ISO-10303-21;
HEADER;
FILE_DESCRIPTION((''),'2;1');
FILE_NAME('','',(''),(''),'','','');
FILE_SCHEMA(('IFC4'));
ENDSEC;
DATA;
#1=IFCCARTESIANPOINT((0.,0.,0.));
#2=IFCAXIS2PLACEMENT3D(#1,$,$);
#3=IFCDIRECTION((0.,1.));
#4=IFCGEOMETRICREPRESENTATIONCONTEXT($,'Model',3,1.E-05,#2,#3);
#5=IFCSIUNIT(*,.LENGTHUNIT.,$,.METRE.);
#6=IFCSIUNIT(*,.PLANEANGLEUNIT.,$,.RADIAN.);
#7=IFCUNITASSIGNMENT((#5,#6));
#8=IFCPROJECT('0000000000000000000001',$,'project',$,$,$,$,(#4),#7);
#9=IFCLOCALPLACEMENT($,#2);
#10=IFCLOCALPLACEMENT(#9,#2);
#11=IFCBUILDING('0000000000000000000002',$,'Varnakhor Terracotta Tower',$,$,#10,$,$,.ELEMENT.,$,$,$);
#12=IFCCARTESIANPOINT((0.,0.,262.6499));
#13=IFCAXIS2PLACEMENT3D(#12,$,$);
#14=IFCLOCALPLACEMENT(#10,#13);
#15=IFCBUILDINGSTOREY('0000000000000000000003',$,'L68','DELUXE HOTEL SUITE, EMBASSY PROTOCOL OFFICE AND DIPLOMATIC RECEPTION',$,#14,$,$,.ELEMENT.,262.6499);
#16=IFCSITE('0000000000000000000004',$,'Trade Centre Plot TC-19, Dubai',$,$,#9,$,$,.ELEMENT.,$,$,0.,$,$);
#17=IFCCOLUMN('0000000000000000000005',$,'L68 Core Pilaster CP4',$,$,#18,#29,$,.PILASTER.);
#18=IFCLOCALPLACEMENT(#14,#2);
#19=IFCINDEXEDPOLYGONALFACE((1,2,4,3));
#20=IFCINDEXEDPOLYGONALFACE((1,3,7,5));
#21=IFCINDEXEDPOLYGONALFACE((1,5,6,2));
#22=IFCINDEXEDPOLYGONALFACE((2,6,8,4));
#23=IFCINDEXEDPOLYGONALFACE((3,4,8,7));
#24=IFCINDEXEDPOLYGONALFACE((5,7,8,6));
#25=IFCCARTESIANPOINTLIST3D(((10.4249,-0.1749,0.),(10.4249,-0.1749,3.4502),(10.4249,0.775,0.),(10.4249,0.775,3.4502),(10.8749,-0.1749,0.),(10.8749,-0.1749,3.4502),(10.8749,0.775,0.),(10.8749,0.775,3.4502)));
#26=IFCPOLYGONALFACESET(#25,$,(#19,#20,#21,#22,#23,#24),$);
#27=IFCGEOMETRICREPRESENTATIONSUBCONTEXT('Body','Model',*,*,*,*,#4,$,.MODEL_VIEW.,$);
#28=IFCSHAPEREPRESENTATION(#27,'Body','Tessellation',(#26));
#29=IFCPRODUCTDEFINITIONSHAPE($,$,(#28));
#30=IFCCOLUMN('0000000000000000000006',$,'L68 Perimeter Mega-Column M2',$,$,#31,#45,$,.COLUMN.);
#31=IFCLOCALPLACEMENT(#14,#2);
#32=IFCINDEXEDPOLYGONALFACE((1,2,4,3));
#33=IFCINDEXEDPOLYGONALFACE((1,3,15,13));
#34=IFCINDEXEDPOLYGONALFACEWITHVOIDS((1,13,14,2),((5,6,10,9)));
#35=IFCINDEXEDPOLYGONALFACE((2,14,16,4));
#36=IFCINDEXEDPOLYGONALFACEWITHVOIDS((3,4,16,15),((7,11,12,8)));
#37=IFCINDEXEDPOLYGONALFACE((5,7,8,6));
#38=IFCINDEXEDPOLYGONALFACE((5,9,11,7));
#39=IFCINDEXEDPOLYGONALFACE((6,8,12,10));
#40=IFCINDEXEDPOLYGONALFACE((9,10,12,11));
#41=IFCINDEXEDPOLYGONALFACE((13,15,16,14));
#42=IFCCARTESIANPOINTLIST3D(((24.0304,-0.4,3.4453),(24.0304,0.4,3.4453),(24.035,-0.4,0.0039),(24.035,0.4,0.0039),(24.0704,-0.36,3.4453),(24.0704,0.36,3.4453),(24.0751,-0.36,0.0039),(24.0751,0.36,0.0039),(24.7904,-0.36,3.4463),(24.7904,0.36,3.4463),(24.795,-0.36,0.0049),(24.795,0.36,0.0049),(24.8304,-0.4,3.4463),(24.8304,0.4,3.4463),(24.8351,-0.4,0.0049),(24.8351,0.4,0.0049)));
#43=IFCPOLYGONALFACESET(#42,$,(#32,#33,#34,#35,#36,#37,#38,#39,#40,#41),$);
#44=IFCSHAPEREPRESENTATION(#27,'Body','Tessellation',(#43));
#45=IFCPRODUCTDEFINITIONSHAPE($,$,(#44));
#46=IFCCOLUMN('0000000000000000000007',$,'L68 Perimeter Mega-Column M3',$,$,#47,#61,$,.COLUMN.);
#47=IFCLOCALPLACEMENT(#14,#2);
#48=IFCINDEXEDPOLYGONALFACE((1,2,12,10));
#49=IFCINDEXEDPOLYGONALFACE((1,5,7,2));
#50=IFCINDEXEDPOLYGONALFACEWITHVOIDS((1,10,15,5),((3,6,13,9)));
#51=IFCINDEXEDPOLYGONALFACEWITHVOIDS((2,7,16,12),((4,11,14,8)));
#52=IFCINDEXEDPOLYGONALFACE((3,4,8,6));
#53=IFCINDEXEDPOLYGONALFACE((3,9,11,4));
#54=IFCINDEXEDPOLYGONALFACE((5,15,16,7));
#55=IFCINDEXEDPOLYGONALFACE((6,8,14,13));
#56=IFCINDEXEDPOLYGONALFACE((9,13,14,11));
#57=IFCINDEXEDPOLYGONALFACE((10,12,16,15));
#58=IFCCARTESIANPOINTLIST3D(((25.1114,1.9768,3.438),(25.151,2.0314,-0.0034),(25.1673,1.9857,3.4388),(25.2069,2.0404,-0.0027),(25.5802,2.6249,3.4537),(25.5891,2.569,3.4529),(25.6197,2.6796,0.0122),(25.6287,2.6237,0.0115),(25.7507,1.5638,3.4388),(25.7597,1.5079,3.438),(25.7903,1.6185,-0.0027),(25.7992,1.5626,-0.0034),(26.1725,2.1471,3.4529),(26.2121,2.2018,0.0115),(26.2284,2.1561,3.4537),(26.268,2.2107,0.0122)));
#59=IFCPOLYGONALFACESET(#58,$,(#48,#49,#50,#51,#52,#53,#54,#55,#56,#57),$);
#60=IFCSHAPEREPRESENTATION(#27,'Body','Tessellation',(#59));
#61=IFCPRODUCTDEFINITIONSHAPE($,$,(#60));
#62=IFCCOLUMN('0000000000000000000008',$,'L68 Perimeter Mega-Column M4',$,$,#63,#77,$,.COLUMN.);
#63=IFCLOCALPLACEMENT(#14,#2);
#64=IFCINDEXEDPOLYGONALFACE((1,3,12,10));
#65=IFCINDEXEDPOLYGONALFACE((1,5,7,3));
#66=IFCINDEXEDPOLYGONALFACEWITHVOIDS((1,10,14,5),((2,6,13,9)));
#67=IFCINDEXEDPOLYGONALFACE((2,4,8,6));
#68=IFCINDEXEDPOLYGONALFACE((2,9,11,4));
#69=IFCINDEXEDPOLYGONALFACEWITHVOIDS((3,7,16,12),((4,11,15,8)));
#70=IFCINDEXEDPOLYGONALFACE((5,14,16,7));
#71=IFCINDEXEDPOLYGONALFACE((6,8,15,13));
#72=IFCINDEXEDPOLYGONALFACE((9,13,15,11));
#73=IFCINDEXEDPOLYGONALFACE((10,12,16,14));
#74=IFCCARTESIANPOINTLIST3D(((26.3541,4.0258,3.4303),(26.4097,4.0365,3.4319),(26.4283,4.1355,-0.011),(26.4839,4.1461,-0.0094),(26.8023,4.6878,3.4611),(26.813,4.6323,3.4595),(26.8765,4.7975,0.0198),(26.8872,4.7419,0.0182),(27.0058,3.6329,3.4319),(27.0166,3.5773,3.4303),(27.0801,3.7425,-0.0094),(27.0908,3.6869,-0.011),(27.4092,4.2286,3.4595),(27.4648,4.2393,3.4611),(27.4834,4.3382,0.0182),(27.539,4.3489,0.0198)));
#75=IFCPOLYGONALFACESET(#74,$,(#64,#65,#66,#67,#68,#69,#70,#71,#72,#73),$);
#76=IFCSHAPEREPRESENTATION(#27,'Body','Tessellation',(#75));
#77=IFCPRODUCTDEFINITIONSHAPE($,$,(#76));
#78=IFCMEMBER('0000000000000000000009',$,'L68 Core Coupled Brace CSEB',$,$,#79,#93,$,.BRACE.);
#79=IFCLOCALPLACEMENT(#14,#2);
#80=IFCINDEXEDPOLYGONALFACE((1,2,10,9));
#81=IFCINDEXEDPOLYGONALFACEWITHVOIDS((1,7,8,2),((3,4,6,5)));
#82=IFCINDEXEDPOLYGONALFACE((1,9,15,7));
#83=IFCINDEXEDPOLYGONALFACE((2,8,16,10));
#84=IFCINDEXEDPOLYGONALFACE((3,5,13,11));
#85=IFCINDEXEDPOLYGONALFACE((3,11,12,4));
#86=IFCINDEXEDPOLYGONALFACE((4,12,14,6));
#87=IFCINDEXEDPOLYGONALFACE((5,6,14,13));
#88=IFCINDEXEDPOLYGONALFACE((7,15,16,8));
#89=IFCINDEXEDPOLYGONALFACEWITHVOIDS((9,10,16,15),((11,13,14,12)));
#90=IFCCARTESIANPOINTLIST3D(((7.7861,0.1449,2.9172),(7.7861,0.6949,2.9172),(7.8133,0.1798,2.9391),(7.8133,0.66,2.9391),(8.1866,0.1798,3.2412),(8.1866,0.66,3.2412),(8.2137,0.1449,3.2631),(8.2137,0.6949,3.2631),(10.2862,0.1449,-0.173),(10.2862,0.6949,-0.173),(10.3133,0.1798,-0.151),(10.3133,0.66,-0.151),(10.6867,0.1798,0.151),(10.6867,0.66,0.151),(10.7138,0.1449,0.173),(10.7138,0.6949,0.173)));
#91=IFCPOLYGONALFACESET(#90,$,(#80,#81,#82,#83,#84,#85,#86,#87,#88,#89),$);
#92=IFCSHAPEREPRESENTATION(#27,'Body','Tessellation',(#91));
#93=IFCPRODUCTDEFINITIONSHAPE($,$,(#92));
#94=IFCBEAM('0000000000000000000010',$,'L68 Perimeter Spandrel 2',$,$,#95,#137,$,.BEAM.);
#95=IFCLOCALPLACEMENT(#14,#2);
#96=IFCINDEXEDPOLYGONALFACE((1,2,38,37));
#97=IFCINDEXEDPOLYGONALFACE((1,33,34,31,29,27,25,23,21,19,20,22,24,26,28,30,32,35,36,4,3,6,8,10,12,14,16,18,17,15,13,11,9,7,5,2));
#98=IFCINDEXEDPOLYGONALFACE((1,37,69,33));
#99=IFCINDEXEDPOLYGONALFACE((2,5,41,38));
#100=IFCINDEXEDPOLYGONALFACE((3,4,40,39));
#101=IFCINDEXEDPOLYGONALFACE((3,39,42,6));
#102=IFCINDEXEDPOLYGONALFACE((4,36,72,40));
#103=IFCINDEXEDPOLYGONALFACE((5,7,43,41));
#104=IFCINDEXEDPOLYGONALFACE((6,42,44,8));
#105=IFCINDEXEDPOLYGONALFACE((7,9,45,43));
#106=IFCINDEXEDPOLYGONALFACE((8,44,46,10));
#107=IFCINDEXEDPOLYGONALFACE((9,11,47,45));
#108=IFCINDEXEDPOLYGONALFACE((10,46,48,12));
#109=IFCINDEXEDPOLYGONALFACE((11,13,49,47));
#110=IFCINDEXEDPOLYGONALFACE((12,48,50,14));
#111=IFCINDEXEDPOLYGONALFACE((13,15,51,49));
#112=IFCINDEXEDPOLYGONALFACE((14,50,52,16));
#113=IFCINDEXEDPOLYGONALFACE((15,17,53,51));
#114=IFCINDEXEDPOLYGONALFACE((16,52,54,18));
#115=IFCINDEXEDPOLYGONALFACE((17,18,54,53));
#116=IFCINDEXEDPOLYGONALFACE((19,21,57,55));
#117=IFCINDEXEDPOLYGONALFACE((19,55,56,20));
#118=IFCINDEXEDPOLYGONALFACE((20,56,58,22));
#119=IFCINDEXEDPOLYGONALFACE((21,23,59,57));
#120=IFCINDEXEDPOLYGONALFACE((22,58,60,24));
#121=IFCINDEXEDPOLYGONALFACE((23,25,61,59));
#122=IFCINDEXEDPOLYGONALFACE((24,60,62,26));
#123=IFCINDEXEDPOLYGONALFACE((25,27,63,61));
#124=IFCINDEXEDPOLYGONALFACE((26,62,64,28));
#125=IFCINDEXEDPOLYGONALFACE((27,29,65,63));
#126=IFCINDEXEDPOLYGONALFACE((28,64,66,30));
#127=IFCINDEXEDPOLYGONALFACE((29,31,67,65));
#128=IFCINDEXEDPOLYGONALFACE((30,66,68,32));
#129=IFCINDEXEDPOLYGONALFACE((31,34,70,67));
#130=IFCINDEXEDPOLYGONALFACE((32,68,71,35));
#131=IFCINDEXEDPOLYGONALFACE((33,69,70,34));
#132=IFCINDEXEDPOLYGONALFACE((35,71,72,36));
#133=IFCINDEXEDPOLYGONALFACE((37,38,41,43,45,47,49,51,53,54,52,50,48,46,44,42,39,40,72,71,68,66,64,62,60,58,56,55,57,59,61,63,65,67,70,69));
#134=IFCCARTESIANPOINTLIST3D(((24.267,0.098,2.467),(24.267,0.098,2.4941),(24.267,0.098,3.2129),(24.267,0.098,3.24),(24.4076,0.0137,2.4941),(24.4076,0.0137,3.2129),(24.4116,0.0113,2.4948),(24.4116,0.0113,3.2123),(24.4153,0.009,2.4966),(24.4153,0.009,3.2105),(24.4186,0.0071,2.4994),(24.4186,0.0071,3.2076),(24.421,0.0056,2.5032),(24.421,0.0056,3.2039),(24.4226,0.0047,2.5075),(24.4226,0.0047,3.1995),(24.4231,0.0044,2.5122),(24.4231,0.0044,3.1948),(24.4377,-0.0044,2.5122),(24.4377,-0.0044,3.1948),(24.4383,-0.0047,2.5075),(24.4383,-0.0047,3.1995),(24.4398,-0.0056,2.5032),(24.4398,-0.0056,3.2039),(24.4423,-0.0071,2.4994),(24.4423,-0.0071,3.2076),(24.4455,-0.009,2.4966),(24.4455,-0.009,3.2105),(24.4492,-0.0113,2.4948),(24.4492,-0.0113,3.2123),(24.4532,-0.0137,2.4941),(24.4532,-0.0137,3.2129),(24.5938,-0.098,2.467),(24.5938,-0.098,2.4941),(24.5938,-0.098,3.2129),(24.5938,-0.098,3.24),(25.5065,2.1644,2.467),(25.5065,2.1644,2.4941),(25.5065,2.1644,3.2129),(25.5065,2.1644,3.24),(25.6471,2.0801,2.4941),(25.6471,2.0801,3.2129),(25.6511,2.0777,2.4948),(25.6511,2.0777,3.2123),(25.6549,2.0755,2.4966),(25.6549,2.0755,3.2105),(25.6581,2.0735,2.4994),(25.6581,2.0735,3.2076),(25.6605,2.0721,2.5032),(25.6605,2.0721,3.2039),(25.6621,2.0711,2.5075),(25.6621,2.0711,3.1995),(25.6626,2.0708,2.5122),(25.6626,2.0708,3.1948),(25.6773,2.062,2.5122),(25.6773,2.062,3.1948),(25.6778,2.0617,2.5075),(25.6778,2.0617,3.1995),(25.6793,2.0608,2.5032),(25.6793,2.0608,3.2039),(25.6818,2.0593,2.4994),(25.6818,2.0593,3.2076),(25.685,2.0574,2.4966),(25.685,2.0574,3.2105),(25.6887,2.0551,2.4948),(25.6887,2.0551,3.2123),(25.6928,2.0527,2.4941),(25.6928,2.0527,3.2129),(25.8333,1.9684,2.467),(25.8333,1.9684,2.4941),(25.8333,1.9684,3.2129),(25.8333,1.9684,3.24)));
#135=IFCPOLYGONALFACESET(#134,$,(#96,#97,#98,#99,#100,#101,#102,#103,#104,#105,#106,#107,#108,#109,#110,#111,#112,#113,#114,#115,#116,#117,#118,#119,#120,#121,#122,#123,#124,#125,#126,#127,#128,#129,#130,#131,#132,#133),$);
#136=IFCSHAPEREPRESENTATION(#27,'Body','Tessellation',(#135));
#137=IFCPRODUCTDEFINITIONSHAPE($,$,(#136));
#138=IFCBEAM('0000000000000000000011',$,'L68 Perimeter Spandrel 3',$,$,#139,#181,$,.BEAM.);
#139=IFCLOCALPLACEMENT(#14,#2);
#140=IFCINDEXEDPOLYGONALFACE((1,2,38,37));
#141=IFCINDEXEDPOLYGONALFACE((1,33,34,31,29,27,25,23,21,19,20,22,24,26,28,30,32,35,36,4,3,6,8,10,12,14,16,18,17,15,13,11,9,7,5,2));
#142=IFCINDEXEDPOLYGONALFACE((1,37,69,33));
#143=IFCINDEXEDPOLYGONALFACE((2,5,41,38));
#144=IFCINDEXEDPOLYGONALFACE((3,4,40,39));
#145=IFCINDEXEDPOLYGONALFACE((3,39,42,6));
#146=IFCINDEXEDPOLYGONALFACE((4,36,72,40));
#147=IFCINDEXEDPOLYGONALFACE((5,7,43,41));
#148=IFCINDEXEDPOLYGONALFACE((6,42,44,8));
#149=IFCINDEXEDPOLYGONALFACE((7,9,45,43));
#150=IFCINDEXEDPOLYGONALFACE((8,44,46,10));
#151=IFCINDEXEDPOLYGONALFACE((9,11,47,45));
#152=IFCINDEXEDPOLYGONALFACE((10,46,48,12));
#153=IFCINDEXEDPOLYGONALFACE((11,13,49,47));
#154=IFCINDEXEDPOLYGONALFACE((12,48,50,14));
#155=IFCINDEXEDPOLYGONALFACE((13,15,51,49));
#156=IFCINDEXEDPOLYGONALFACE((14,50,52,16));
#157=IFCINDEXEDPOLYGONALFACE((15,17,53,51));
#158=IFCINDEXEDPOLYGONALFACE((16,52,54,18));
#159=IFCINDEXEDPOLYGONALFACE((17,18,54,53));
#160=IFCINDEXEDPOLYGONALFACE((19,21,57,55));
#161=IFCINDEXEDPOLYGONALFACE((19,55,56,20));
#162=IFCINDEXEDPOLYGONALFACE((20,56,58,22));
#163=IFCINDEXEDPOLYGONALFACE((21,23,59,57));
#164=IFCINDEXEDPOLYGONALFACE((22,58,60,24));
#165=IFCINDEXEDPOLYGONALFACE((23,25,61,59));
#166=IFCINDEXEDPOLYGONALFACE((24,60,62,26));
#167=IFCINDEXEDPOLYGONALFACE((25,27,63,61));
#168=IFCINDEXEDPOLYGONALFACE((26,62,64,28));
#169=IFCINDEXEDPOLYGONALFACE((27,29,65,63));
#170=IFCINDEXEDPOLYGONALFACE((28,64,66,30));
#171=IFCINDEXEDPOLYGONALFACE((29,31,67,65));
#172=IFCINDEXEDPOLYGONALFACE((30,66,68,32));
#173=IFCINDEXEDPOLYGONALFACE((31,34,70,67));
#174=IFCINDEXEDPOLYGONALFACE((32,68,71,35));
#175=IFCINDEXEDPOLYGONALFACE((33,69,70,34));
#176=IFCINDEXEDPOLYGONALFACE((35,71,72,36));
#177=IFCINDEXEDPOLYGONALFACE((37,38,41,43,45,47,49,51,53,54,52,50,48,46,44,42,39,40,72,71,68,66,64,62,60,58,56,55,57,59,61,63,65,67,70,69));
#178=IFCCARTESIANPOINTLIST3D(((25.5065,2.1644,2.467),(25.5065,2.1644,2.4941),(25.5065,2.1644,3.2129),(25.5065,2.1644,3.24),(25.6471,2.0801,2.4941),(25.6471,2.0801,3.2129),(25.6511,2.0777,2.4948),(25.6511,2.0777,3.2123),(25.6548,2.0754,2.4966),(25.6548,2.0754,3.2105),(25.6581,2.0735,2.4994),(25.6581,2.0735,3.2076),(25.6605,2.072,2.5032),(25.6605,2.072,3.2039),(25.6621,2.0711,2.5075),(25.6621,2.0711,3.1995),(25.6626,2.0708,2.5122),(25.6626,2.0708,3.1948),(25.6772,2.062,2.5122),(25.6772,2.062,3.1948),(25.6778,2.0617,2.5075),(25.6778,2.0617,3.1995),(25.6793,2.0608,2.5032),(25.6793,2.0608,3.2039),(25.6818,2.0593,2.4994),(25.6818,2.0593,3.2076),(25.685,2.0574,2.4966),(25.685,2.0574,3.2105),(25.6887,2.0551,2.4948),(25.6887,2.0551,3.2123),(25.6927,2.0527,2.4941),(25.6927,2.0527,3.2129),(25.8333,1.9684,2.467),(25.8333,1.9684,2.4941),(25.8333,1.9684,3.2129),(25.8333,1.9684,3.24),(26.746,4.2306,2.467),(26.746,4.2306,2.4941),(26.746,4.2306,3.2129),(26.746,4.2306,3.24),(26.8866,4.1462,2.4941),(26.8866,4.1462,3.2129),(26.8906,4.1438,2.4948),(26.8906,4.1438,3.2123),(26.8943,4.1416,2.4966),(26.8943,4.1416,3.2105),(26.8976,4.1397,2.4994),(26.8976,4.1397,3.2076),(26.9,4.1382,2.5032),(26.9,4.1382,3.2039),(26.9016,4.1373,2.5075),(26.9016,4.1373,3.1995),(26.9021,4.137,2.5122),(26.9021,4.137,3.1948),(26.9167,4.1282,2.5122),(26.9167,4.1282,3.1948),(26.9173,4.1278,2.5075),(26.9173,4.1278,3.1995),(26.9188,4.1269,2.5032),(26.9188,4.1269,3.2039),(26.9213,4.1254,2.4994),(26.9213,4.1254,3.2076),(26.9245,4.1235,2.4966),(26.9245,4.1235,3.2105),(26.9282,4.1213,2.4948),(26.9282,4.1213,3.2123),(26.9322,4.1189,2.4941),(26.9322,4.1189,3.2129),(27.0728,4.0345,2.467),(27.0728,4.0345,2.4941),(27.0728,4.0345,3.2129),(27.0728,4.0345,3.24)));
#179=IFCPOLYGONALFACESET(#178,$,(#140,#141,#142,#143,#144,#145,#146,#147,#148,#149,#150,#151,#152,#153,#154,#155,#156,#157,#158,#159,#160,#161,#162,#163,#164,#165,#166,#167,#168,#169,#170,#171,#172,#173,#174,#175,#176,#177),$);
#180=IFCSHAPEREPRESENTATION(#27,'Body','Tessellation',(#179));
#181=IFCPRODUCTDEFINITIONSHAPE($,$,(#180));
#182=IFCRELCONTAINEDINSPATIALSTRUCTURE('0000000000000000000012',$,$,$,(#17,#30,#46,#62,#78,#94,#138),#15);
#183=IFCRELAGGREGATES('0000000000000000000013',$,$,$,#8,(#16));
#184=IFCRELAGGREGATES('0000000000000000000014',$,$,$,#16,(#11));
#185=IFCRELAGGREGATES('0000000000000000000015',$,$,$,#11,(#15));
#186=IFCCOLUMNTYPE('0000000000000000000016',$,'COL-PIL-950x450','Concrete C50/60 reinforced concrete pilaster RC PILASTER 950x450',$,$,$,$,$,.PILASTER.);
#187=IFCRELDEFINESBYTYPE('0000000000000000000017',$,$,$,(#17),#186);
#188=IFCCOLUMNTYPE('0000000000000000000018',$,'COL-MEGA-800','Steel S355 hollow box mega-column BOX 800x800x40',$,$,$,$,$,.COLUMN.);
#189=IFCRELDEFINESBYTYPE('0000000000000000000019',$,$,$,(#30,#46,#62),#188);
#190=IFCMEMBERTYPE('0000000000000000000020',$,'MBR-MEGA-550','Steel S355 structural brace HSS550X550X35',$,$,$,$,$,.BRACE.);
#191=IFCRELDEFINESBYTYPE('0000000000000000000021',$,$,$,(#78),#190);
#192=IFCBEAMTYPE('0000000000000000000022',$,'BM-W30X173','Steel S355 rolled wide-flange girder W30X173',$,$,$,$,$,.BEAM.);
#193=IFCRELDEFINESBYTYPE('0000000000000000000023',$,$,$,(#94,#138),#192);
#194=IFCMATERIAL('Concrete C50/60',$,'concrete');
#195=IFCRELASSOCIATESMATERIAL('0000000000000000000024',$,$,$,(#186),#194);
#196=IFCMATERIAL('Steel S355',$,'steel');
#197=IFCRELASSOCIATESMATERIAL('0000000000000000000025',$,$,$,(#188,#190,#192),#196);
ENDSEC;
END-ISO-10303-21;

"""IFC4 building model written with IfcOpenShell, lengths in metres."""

from ifc_helpers import new_model, si_unit, direction, frame, origin, origin_2d, place, context, subcontext, project, spatial, rectangle, hollow_rectangle, i_section, extrude, source, transform, mapped, material, material_profile, profile_set, type_object, type_shapes, element, save


model = new_model("IFC4")

# Units and contexts
model_context = context("Model", 3, precision=1e-05, world=origin(), true_north=direction((0.0, 1.0)))
body_context = subcontext(model_context, "Body", "Model", "MODEL_VIEW")
ifc_project = project(units=[si_unit("LENGTHUNIT", "METRE"), si_unit("PLANEANGLEUNIT", "RADIAN")], contexts=[model_context])

# Site, building, storey
site_placement = place(None, origin())
site = spatial("IfcSite", under=ifc_project, at=site_placement, Name="Trade Centre Plot TC-19, Dubai", CompositionType="ELEMENT", RefElevation=0.0)
building_placement = place(site_placement, origin())
building = spatial("IfcBuilding", under=site, at=building_placement, Name="Varnakhor Terracotta Tower", CompositionType="ELEMENT")
storey_placement = place(building_placement, frame((0.0, 0.0, 262.6499)))
storey = spatial("IfcBuildingStorey", under=building, at=storey_placement, Name="L68", Description="DELUXE HOTEL SUITE, EMBASSY PROTOCOL OFFICE AND DIPLOMATIC RECEPTION", CompositionType="ELEMENT", Elevation=262.6499)

# Columns
ifc_material_1 = material(Name="Concrete C50/60", Category="concrete")
ifc_material_profile_1 = material_profile(ifc_material_1, rectangle(XDim=0.45, YDim=0.95, at=origin_2d()), Name="RC PILASTER 950x450")
ifc_profile_set_1 = profile_set([ifc_material_profile_1], Name="Concrete C50/60")
column_type_1 = type_object("IfcColumnType", Name="COL-PIL-950x450", Description="Concrete C50/60 reinforced concrete pilaster RC PILASTER 950x450", PredefinedType="PILASTER", material=ifc_profile_set_1)
shared_shape_1 = source(origin(), body_context, "Body", "SweptSolid", [
    extrude(rectangle(XDim=0.45, YDim=0.95, at=origin_2d()), origin(), (0.0, 0.0, 1.0), 3.4502),
])
column_1_placement = place(storey_placement, frame((10.6499, 0.3, 0.0), z_axis=(0.0, 0.0, 1.0), x_axis=(1.0, 0.0, 0.0)))
element("IfcColumn", 1, at=column_1_placement, inside=storey, type_object=column_type_1, Name="L68 Core Pilaster CP4", PredefinedType="PILASTER", context=body_context, shape_type="MappedRepresentation", body=[
    mapped(shared_shape_1, transform((0.0, 0.0, 0.0), scale=1.0)),
])
ifc_material_2 = material(Name="Steel S355", Category="steel")
ifc_material_profile_2 = material_profile(ifc_material_2, hollow_rectangle(XDim=0.8, YDim=0.8, WallThickness=0.04, at=origin_2d()), Name="BOX 800x800x40")
ifc_profile_set_2 = profile_set([ifc_material_profile_2], Name="Steel S355")
column_type_2 = type_object("IfcColumnType", Name="COL-MEGA-800", Description="Steel S355 hollow box mega-column BOX 800x800x40", PredefinedType="COLUMN", material=ifc_profile_set_2)
shared_shape_2 = source(origin(), body_context, "Body", "SweptSolid", [
    extrude(hollow_rectangle(XDim=0.8, YDim=0.8, WallThickness=0.04, at=origin_2d()), origin(), (0.0, 0.0, 1.0), 3.4414),
])
type_shapes(column_type_2, [shared_shape_2])
column_2_placement = place(storey_placement, frame((24.4351, 0.0, 0.0044), z_axis=(-0.001348, 0.0, 0.999999), x_axis=(1.0, 0.0, 0.0)))
element("IfcColumn", 2, at=column_2_placement, inside=storey, type_object=column_type_2, Name="L68 Perimeter Mega-Column M2", PredefinedType="COLUMN", context=body_context, shape_type="MappedRepresentation", body=[
    mapped(shared_shape_2, transform((0.0, 0.0, 0.0), scale=1.0)),
])
shared_shape_3 = source(origin(), body_context, "Body", "SweptSolid", [
    extrude(hollow_rectangle(XDim=0.8, YDim=0.8, WallThickness=0.04, at=origin_2d()), origin(), (0.0, 0.0, 1.0), 3.4421),
])
column_3_placement = place(storey_placement, frame((25.7095, 2.1211, 0.0044), z_axis=(-0.01149, -0.015888, 0.999808), x_axis=(0.810298, -0.586019, 0.0)))
element("IfcColumn", 3, at=column_3_placement, inside=storey, type_object=column_type_2, Name="L68 Perimeter Mega-Column M3", PredefinedType="COLUMN", context=body_context, shape_type="MappedRepresentation", body=[
    mapped(shared_shape_3, transform((0.0, 0.0, 0.0), scale=1.0)),
])
shared_shape_4 = source(origin(), body_context, "Body", "SweptSolid", [
    extrude(hollow_rectangle(XDim=0.8, YDim=0.8, WallThickness=0.04, at=origin_2d()), origin(), (0.0, 0.0, 1.0), 3.4438),
])
column_4_placement = place(storey_placement, frame((26.9836, 4.2422, 0.0044), z_axis=(-0.02155, -0.031829, 0.999261), x_axis=(0.828057, -0.560644, 0.0)))
element("IfcColumn", 4, at=column_4_placement, inside=storey, type_object=column_type_2, Name="L68 Perimeter Mega-Column M4", PredefinedType="COLUMN", context=body_context, shape_type="MappedRepresentation", body=[
    mapped(shared_shape_4, transform((0.0, 0.0, 0.0), scale=1.0)),
])

# Member
ifc_material_profile_3 = material_profile(ifc_material_2, hollow_rectangle(XDim=0.55, YDim=0.55, WallThickness=0.0349, at=origin_2d()), Name="HSS550X550X35")
ifc_profile_set_3 = profile_set([ifc_material_profile_3], Name="Steel S355")
member_type_1 = type_object("IfcMemberType", Name="MBR-MEGA-550", Description="Steel S355 structural brace HSS550X550X35", PredefinedType="BRACE", material=ifc_profile_set_3)
shared_shape_5 = source(origin(), body_context, "Body", "SweptSolid", [
    extrude(hollow_rectangle(XDim=0.55, YDim=0.55, WallThickness=0.0349, at=origin_2d()), origin(), (0.0, 0.0, 1.0), 3.9749),
])
member_1_placement = place(storey_placement, frame((10.5, 0.4199, 0.0), z_axis=(-0.62897, 0.0, 0.777429), x_axis=(0.0, -1.0, 0.0)))
element("IfcMember", 5, at=member_1_placement, inside=storey, type_object=member_type_1, Name="L68 Core Coupled Brace CSEB", PredefinedType="BRACE", context=body_context, shape_type="MappedRepresentation", body=[
    mapped(shared_shape_5, transform((0.0, 0.0, 0.0), scale=1.0)),
])

# Beams
ifc_material_profile_4 = material_profile(ifc_material_2, i_section(OverallWidth=0.3811, OverallDepth=0.7729, WebThickness=0.0171, FlangeThickness=0.0271, FilletRadius=0.0181, at=origin_2d()), Name="W30X173")
ifc_profile_set_4 = profile_set([ifc_material_profile_4], Name="Steel S355")
beam_type_1 = type_object("IfcBeamType", Name="BM-W30X173", Description="Steel S355 rolled wide-flange girder W30X173", PredefinedType="BEAM", material=ifc_profile_set_4)
shared_shape_6 = source(origin(), body_context, "Body", "SweptSolid", [
    extrude(i_section(OverallWidth=0.3811, OverallDepth=0.7729, WebThickness=0.0171, FlangeThickness=0.0271, FilletRadius=0.0181, at=origin_2d()), origin(), (0.0, 0.0, 1.0), 2.4097),
])
beam_1_placement = place(storey_placement, frame((24.4304, 0.0, 2.8535), z_axis=(0.514391, 0.857555, 0.0), x_axis=(-0.857555, 0.514391, 0.0)))
element("IfcBeam", 6, at=beam_1_placement, inside=storey, type_object=beam_type_1, Name="L68 Perimeter Spandrel 2", PredefinedType="BEAM", context=body_context, shape_type="MappedRepresentation", body=[
    mapped(shared_shape_6, transform((0.0, 0.0, 0.0), scale=1.0)),
])
shared_shape_7 = source(origin(), body_context, "Body", "SweptSolid", [
    extrude(i_section(OverallWidth=0.3811, OverallDepth=0.7729, WebThickness=0.0171, FlangeThickness=0.0271, FilletRadius=0.0181, at=origin_2d()), origin(), (0.0, 0.0, 1.0), 2.4094),
])
beam_2_placement = place(storey_placement, frame((25.6699, 2.0664, 2.8535), z_axis=(0.514436, 0.857529, 0.0), x_axis=(-0.857529, 0.514436, 0.0)))
element("IfcBeam", 7, at=beam_2_placement, inside=storey, type_object=beam_type_1, Name="L68 Perimeter Spandrel 3", PredefinedType="BEAM", context=body_context, shape_type="MappedRepresentation", body=[
    mapped(shared_shape_7, transform((0.0, 0.0, 0.0), scale=1.0)),
])

save(model, "model.ifc")
